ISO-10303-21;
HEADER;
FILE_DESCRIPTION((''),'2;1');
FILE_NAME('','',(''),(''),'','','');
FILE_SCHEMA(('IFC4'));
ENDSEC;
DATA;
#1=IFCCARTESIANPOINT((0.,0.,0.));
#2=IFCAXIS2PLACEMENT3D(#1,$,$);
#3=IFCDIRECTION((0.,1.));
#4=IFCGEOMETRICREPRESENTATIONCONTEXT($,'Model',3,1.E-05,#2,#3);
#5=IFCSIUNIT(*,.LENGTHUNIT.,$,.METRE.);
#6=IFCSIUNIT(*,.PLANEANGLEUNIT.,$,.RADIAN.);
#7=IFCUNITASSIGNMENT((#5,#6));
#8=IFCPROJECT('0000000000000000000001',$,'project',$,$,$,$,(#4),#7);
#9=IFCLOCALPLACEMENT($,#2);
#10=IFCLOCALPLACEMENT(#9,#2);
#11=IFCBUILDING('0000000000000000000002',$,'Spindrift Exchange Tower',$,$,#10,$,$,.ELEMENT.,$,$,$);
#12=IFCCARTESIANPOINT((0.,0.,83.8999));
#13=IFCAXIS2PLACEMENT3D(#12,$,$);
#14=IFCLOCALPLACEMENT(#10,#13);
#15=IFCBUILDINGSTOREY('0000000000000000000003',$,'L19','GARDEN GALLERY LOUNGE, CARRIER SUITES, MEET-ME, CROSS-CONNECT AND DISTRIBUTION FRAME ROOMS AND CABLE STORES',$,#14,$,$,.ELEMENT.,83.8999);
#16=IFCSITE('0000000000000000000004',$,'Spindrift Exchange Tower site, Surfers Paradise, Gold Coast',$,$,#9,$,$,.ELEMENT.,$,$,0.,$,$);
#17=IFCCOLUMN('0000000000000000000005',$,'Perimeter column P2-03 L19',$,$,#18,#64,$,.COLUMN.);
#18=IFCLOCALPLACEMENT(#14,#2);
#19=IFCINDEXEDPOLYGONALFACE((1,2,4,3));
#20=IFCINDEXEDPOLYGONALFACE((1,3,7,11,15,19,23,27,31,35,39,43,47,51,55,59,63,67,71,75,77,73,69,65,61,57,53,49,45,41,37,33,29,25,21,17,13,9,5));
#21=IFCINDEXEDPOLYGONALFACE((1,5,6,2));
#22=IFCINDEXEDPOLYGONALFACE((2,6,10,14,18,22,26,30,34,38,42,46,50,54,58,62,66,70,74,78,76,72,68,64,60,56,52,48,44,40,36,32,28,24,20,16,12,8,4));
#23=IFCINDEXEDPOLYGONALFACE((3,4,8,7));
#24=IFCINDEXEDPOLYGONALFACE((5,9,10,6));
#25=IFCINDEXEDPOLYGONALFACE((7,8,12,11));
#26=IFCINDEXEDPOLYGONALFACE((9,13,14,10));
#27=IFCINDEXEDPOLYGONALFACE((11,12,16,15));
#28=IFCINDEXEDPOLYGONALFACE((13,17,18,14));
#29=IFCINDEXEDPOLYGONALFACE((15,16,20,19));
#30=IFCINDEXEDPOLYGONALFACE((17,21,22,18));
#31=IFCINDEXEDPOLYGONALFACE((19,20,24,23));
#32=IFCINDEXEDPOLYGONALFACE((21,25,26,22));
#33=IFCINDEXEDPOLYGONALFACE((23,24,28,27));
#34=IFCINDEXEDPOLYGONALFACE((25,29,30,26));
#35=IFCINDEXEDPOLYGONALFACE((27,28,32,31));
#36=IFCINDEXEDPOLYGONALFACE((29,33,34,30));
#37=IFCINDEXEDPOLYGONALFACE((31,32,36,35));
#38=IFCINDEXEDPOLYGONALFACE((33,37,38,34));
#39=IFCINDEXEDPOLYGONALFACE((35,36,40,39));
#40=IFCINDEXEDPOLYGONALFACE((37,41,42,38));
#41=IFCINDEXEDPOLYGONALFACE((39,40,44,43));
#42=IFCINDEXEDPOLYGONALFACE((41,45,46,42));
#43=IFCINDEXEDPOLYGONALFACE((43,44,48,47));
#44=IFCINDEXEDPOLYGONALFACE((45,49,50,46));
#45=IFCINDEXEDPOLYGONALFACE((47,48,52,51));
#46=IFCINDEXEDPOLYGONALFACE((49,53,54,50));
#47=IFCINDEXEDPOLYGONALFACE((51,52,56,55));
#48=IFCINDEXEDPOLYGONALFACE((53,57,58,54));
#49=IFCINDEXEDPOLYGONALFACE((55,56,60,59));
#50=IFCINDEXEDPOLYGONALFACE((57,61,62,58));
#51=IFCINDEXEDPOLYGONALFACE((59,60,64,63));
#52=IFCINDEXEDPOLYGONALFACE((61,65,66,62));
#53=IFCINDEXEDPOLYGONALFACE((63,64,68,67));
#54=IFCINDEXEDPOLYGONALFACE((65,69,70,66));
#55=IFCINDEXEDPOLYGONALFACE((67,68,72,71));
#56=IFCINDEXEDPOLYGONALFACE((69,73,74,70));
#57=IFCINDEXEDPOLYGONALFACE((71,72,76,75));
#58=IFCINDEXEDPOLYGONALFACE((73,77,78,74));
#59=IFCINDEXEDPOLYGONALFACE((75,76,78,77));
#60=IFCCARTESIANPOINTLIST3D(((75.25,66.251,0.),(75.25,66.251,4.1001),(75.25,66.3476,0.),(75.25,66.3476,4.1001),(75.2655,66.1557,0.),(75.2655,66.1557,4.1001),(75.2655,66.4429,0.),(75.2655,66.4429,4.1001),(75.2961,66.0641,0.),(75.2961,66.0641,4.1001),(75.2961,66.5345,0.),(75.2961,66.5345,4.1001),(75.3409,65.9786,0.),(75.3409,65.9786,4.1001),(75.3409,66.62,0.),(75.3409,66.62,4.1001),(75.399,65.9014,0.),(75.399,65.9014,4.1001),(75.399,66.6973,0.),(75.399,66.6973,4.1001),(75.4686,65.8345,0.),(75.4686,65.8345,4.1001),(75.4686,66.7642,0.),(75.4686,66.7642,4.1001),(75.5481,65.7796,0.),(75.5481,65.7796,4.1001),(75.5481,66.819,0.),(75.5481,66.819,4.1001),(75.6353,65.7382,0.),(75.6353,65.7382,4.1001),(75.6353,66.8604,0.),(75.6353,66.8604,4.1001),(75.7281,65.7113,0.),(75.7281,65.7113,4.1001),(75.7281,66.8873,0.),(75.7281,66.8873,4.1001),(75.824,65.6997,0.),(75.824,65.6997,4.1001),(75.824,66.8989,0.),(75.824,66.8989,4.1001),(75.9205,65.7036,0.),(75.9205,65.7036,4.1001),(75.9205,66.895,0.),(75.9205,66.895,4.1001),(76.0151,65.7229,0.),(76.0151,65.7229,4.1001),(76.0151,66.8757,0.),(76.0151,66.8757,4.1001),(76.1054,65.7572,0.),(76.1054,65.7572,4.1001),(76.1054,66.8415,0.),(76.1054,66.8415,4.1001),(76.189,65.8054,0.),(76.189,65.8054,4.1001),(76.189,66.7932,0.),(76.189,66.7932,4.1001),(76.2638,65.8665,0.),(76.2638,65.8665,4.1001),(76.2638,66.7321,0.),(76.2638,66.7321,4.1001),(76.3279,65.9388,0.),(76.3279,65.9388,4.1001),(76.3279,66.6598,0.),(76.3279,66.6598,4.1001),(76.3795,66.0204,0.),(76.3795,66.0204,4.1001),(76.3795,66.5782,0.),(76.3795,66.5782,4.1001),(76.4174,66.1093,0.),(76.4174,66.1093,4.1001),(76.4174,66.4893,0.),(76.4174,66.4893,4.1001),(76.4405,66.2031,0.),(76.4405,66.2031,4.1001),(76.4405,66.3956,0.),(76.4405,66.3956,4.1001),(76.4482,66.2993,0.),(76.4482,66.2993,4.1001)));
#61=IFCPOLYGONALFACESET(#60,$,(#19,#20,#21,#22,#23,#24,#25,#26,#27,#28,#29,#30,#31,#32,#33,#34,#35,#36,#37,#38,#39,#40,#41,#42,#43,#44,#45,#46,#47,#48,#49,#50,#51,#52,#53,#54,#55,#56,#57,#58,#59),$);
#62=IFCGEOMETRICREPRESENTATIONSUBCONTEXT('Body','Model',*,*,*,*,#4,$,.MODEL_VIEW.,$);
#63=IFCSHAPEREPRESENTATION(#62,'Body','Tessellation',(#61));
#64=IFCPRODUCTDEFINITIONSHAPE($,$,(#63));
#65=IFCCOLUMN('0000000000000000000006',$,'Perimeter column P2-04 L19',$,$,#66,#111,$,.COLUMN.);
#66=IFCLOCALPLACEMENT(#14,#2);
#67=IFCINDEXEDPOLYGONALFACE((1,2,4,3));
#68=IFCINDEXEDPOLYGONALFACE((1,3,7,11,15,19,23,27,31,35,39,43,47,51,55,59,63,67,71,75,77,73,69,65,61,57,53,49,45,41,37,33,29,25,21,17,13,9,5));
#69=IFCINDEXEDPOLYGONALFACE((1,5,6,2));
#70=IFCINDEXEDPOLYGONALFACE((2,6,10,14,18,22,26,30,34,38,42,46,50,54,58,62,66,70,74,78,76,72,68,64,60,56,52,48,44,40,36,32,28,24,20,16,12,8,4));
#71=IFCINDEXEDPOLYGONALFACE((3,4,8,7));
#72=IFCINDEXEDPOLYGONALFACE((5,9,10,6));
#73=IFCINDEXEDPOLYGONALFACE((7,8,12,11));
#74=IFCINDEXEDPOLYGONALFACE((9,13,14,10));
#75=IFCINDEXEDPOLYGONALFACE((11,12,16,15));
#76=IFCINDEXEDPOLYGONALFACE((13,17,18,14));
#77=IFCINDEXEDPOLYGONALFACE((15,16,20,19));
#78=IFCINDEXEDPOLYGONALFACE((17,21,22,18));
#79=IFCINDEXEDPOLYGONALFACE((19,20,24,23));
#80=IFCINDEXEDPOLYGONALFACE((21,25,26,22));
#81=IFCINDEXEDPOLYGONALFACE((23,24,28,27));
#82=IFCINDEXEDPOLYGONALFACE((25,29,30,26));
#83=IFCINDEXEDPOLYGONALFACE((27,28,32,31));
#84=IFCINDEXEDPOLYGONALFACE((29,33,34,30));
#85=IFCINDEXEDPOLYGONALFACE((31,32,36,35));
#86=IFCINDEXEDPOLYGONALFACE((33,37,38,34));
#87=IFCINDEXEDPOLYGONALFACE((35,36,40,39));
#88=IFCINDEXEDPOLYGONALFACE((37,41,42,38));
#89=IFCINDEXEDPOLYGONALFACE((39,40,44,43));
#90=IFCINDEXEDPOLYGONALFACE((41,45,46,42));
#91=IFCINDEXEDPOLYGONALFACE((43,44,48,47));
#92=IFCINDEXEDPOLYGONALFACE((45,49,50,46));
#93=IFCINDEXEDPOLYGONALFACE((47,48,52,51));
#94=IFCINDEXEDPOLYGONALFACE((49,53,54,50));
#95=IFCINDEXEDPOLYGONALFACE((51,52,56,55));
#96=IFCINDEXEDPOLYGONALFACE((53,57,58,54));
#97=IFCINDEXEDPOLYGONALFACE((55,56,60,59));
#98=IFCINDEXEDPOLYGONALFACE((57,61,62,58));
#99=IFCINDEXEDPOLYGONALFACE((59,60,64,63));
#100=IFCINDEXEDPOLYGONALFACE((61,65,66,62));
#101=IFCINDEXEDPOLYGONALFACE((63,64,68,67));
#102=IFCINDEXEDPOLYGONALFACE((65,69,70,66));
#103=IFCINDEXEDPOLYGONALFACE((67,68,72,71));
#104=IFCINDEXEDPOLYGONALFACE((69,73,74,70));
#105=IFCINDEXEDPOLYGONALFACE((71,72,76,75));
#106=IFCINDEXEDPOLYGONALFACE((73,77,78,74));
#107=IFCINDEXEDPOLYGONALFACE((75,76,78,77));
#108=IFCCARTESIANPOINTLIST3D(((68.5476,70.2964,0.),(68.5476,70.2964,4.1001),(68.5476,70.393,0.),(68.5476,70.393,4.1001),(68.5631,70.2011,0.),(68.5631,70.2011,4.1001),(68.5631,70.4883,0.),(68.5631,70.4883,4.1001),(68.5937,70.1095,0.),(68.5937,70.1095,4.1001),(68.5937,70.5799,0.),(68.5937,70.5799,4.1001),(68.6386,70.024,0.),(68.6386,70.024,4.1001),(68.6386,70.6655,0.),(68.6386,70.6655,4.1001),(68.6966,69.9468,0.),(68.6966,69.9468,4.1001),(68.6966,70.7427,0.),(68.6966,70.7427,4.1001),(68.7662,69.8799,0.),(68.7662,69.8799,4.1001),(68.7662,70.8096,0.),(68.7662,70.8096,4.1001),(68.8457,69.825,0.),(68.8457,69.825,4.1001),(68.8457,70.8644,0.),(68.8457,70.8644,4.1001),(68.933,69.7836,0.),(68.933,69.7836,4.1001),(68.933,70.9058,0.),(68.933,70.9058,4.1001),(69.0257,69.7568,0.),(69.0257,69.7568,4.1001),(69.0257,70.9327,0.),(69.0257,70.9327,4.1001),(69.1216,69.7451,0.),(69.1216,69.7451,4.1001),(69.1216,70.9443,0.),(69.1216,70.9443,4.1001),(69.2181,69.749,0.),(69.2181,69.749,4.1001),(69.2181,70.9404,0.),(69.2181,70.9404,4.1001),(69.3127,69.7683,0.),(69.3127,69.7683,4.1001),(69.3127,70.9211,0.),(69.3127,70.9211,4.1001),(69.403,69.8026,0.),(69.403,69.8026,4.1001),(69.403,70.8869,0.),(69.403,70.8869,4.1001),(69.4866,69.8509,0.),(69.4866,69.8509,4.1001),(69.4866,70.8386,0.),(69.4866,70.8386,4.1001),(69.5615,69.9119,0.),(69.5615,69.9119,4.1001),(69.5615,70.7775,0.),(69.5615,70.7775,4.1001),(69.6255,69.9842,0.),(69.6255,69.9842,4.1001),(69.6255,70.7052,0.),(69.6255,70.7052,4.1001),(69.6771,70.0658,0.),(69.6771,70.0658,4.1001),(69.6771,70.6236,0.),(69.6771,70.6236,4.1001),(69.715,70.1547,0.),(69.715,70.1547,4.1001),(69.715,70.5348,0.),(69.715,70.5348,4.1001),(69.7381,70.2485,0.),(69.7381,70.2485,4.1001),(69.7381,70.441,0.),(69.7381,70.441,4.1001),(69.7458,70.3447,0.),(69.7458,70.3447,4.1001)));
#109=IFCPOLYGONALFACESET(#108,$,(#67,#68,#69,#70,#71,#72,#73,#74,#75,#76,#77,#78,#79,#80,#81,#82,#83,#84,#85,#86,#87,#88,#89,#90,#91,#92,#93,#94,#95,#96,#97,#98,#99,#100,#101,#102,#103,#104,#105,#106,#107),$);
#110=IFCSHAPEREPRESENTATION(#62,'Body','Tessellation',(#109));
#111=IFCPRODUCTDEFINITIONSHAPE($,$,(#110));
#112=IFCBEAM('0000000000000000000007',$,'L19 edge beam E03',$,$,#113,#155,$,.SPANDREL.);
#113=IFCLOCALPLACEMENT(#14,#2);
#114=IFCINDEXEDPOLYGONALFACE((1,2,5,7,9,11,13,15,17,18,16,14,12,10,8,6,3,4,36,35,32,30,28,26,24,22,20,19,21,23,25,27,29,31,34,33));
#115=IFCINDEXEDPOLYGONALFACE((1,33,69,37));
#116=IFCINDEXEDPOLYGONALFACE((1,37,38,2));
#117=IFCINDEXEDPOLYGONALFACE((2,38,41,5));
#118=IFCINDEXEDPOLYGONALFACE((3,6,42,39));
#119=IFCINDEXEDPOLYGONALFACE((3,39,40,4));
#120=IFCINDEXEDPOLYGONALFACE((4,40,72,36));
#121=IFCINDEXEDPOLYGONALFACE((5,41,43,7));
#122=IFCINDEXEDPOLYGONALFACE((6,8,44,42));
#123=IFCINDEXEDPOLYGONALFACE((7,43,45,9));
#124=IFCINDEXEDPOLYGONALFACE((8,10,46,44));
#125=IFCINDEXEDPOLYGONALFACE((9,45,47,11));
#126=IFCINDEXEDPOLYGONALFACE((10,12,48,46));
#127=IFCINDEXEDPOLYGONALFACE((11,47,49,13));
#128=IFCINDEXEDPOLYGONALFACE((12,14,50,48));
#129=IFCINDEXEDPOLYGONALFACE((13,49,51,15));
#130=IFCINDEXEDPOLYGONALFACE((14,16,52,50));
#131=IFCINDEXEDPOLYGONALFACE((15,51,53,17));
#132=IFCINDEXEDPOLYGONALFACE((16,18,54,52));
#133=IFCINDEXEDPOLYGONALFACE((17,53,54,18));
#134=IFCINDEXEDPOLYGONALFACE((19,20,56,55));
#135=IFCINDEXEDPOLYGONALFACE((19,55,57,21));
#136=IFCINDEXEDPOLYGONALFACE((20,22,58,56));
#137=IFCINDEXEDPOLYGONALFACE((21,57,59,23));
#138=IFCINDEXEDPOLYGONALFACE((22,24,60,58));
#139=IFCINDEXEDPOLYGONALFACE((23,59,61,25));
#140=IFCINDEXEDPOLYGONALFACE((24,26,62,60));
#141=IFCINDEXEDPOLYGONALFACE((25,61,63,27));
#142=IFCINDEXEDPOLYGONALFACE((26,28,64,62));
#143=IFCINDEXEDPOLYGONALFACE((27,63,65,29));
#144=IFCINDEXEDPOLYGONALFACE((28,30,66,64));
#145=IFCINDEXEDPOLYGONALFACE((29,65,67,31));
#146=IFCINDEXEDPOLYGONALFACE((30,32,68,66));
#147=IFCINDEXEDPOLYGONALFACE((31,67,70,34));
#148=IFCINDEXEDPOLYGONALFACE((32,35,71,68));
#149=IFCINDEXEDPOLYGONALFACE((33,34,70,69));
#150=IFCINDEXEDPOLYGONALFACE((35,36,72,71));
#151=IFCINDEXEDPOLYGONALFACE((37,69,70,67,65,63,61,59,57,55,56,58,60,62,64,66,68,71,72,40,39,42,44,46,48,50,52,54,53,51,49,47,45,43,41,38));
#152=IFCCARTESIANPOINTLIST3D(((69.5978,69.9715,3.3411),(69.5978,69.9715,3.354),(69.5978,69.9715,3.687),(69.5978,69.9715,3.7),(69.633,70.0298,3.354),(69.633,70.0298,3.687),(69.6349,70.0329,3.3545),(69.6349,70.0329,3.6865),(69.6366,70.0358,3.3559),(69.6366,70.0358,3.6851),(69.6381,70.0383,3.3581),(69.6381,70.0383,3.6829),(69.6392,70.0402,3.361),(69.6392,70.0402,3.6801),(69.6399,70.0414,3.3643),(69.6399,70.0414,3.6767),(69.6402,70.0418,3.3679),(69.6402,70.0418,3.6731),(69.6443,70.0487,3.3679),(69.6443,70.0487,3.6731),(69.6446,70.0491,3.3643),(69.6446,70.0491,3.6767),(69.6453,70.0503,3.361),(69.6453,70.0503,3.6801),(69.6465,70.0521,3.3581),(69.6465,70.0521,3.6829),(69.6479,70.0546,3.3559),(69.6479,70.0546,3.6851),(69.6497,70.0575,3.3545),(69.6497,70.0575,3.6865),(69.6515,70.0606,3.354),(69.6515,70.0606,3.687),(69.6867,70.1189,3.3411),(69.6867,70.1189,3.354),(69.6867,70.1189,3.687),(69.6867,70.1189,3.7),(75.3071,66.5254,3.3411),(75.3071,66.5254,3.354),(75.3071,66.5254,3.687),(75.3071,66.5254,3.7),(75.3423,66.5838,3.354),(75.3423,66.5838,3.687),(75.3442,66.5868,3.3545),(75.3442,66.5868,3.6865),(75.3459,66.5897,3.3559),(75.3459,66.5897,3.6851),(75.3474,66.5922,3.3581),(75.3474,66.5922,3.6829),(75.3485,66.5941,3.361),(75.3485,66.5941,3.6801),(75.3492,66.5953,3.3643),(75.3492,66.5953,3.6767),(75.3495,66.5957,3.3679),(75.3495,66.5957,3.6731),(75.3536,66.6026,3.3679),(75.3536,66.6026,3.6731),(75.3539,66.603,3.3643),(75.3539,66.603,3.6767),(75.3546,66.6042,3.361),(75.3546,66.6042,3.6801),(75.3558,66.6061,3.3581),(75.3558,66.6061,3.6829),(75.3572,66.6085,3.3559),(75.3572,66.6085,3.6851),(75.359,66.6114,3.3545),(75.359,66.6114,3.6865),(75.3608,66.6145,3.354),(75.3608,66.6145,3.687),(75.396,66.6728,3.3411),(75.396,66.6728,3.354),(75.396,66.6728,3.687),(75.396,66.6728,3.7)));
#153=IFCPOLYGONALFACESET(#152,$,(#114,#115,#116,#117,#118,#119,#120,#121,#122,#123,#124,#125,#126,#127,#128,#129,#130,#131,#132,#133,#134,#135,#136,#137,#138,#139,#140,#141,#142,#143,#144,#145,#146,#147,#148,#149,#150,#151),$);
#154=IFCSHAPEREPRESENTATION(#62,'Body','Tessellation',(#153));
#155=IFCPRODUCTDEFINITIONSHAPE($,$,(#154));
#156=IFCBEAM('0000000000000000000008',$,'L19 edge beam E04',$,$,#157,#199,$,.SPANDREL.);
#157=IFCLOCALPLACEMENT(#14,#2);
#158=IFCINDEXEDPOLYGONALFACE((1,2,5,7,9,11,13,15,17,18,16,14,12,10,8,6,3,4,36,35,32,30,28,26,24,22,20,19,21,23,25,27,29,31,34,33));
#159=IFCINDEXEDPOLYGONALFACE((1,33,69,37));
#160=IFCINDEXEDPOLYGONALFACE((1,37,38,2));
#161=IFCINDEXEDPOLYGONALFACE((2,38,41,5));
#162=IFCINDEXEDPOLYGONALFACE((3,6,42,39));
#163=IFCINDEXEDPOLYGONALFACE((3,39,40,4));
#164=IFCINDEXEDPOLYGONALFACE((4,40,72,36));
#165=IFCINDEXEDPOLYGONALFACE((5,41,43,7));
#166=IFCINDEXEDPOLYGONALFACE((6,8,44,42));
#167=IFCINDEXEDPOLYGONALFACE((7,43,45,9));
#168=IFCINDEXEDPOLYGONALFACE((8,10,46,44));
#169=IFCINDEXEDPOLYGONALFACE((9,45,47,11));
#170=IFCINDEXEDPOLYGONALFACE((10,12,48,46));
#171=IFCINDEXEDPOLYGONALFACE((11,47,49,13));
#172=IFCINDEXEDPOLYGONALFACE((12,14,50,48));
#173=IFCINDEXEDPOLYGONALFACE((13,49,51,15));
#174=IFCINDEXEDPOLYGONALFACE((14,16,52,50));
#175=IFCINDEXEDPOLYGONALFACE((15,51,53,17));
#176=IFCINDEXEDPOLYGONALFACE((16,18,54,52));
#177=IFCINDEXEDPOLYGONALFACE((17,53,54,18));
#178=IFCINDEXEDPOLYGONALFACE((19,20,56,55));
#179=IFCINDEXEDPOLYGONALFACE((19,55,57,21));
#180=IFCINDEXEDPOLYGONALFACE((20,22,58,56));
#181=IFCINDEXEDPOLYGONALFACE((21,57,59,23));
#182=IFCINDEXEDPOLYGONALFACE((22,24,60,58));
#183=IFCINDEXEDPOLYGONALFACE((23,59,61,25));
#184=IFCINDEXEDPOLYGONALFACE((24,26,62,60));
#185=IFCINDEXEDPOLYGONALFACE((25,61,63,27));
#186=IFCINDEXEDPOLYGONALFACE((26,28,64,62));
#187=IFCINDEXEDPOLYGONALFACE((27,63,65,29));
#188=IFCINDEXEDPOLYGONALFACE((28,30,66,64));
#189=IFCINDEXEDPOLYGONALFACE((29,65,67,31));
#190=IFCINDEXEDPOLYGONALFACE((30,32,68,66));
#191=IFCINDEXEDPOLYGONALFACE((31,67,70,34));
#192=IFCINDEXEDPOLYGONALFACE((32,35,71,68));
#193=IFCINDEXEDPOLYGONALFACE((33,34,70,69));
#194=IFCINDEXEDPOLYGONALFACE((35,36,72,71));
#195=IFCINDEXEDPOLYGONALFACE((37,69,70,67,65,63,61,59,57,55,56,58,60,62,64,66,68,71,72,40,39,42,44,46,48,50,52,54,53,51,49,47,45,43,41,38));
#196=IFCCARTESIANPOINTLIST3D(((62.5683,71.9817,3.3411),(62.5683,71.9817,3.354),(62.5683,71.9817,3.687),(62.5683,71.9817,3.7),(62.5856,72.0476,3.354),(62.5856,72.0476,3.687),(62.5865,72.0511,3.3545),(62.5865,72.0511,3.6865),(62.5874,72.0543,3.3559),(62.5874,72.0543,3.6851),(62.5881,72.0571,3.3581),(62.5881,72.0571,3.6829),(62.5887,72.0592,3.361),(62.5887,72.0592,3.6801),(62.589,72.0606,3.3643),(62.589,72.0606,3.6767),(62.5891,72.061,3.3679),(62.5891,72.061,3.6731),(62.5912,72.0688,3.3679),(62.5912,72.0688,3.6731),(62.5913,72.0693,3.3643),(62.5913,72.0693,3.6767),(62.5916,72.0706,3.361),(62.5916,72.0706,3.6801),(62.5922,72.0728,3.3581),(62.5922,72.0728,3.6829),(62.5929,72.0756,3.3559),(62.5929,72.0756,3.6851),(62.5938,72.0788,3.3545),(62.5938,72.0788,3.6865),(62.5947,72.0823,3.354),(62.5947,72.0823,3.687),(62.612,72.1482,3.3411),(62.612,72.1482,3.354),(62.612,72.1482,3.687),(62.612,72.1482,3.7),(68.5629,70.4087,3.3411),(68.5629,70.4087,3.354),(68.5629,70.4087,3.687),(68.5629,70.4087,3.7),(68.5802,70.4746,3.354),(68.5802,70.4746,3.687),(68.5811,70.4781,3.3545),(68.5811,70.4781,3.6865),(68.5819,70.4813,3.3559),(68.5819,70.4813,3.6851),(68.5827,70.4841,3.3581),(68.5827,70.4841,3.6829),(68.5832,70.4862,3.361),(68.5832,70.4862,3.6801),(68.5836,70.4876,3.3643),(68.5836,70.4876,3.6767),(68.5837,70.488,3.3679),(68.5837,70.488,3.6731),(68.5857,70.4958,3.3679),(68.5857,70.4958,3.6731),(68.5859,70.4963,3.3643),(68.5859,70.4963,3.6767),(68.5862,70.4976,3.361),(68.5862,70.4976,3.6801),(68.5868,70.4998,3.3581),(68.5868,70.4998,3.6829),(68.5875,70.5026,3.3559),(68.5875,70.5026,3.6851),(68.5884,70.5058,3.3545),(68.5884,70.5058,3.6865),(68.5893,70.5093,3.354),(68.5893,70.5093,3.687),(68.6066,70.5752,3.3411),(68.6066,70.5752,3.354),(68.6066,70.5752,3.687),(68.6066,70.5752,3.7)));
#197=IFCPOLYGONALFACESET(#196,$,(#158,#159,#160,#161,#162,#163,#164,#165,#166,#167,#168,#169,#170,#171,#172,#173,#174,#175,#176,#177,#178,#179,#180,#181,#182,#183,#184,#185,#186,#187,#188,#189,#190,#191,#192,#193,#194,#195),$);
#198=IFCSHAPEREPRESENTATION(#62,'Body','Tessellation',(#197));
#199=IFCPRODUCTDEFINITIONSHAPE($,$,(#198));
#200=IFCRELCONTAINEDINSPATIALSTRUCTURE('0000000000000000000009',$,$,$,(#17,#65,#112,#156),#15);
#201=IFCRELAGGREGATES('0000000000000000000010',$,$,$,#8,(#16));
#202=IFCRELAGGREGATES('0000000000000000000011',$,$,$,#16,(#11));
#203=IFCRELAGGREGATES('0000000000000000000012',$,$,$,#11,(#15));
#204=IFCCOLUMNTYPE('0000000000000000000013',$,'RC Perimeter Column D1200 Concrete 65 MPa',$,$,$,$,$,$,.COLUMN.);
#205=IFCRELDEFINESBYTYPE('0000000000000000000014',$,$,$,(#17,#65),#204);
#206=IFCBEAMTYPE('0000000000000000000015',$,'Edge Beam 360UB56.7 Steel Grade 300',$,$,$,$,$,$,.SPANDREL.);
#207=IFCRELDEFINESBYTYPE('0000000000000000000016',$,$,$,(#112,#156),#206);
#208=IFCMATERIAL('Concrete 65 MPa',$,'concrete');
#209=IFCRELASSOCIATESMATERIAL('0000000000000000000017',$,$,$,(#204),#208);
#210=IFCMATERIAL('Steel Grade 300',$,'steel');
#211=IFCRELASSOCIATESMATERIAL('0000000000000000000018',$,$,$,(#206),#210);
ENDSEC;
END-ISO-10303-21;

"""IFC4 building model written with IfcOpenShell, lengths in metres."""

from ifc_helpers import new_model, si_unit, direction, frame, origin, origin_2d, place, context, subcontext, project, spatial, circle, i_section, extrude, source, transform, mapped, material, material_profile, profile_set, type_object, element, save


model = new_model("IFC4")

# Units and contexts
model_context = context("Model", 3, precision=1e-05, world=origin(), true_north=direction((0.0, 1.0)))
body_context = subcontext(model_context, "Body", "Model", "MODEL_VIEW")
ifc_project = project(units=[si_unit("LENGTHUNIT", "METRE"), si_unit("PLANEANGLEUNIT", "RADIAN")], contexts=[model_context])

# Site, building, storey
site_placement = place(None, origin())
site = spatial("IfcSite", under=ifc_project, at=site_placement, Name="Spindrift Exchange Tower site, Surfers Paradise, Gold Coast", CompositionType="ELEMENT", RefElevation=0.0)
building_placement = place(site_placement, origin())
building = spatial("IfcBuilding", under=site, at=building_placement, Name="Spindrift Exchange Tower", CompositionType="ELEMENT")
storey_placement = place(building_placement, frame((0.0, 0.0, 83.8999)))
storey = spatial("IfcBuildingStorey", under=building, at=storey_placement, Name="L19", Description="GARDEN GALLERY LOUNGE, CARRIER SUITES, MEET-ME, CROSS-CONNECT AND DISTRIBUTION FRAME ROOMS AND CABLE STORES", CompositionType="ELEMENT", Elevation=83.8999)

# Columns
ifc_material_1 = material(Name="Concrete 65 MPa", Category="concrete")
ifc_material_profile_1 = material_profile(ifc_material_1, circle(Radius=0.6001, at=origin_2d()), Name="RC D1200")
ifc_profile_set_1 = profile_set([ifc_material_profile_1], Name="Concrete 65 MPa")
column_type = type_object("IfcColumnType", Name="RC Perimeter Column D1200 Concrete 65 MPa", PredefinedType="COLUMN", material=ifc_profile_set_1)
shared_shape_1 = source(origin(), body_context, "Body", "SweptSolid", [
    extrude(circle(Radius=0.6001, at=origin_2d()), origin(), (0.0, 0.0, 1.0), 4.1001),
])
for number, where, z_axis, x_axis, name in (
    (1, (75.8481, 66.2993, 0.0), (0.0, 0.0, 1.0), (1.0, 0.0, 0.0), "Perimeter column P2-03 L19"),
    (2, (69.1458, 70.3447, 0.0), (0.0, 0.0, 1.0), (1.0, 0.0, 0.0), "Perimeter column P2-04 L19"),
):
    element("IfcColumn", number, at=place(storey_placement, frame(where, z_axis=z_axis, x_axis=x_axis)), inside=storey, type_object=column_type, Name=name, PredefinedType="COLUMN", context=body_context, shape_type="MappedRepresentation", body=[
        mapped(shared_shape_1, transform((0.0, 0.0, 0.0), scale=1.0)),
    ])

# Beams
ifc_material_2 = material(Name="Steel Grade 300", Category="steel")
ifc_material_profile_2 = material_profile(ifc_material_2, i_section(OverallWidth=0.1721, OverallDepth=0.3589, WebThickness=0.0081, FlangeThickness=0.0129, FilletRadius=0.0139, at=origin_2d()), Name="360UB56.7")
ifc_profile_set_2 = profile_set([ifc_material_profile_2], Name="Steel Grade 300")
beam_type_1 = type_object("IfcBeamType", Name="Edge Beam 360UB56.7 Steel Grade 300", PredefinedType="SPANDREL", material=ifc_profile_set_2)
shared_shape_2 = source(origin(), body_context, "Body", "SweptSolid", [
    extrude(i_section(OverallWidth=0.1721, OverallDepth=0.3589, WebThickness=0.0081, FlangeThickness=0.0129, FilletRadius=0.0139, at=origin_2d()), origin(), (0.0, 0.0, 1.0), 6.6687),
])
beam_1_placement = place(storey_placement, frame((75.3516, 66.5991, 3.5205), z_axis=(-0.856133, 0.516755, 0.0), x_axis=(-0.516755, -0.856133, 0.0)))
element("IfcBeam", 3, at=beam_1_placement, inside=storey, type_object=beam_type_1, Name="L19 edge beam E03", PredefinedType="SPANDREL", context=body_context, shape_type="MappedRepresentation", body=[
    mapped(shared_shape_2, transform((0.0, 0.0, 0.0), scale=1.0)),
])
shared_shape_3 = source(origin(), body_context, "Body", "SweptSolid", [
    extrude(i_section(OverallWidth=0.1721, OverallDepth=0.3589, WebThickness=0.0081, FlangeThickness=0.0129, FilletRadius=0.0139, at=origin_2d()), origin(), (0.0, 0.0, 1.0), 6.1975),
])
beam_2_placement = place(storey_placement, frame((68.5847, 70.4919, 3.5205), z_axis=(-0.967254, 0.253809, 0.0), x_axis=(-0.253809, -0.967254, 0.0)))
element("IfcBeam", 4, at=beam_2_placement, inside=storey, type_object=beam_type_1, Name="L19 edge beam E04", PredefinedType="SPANDREL", context=body_context, shape_type="MappedRepresentation", body=[
    mapped(shared_shape_3, transform((0.0, 0.0, 0.0), scale=1.0)),
])

save(model, "model.ifc")
